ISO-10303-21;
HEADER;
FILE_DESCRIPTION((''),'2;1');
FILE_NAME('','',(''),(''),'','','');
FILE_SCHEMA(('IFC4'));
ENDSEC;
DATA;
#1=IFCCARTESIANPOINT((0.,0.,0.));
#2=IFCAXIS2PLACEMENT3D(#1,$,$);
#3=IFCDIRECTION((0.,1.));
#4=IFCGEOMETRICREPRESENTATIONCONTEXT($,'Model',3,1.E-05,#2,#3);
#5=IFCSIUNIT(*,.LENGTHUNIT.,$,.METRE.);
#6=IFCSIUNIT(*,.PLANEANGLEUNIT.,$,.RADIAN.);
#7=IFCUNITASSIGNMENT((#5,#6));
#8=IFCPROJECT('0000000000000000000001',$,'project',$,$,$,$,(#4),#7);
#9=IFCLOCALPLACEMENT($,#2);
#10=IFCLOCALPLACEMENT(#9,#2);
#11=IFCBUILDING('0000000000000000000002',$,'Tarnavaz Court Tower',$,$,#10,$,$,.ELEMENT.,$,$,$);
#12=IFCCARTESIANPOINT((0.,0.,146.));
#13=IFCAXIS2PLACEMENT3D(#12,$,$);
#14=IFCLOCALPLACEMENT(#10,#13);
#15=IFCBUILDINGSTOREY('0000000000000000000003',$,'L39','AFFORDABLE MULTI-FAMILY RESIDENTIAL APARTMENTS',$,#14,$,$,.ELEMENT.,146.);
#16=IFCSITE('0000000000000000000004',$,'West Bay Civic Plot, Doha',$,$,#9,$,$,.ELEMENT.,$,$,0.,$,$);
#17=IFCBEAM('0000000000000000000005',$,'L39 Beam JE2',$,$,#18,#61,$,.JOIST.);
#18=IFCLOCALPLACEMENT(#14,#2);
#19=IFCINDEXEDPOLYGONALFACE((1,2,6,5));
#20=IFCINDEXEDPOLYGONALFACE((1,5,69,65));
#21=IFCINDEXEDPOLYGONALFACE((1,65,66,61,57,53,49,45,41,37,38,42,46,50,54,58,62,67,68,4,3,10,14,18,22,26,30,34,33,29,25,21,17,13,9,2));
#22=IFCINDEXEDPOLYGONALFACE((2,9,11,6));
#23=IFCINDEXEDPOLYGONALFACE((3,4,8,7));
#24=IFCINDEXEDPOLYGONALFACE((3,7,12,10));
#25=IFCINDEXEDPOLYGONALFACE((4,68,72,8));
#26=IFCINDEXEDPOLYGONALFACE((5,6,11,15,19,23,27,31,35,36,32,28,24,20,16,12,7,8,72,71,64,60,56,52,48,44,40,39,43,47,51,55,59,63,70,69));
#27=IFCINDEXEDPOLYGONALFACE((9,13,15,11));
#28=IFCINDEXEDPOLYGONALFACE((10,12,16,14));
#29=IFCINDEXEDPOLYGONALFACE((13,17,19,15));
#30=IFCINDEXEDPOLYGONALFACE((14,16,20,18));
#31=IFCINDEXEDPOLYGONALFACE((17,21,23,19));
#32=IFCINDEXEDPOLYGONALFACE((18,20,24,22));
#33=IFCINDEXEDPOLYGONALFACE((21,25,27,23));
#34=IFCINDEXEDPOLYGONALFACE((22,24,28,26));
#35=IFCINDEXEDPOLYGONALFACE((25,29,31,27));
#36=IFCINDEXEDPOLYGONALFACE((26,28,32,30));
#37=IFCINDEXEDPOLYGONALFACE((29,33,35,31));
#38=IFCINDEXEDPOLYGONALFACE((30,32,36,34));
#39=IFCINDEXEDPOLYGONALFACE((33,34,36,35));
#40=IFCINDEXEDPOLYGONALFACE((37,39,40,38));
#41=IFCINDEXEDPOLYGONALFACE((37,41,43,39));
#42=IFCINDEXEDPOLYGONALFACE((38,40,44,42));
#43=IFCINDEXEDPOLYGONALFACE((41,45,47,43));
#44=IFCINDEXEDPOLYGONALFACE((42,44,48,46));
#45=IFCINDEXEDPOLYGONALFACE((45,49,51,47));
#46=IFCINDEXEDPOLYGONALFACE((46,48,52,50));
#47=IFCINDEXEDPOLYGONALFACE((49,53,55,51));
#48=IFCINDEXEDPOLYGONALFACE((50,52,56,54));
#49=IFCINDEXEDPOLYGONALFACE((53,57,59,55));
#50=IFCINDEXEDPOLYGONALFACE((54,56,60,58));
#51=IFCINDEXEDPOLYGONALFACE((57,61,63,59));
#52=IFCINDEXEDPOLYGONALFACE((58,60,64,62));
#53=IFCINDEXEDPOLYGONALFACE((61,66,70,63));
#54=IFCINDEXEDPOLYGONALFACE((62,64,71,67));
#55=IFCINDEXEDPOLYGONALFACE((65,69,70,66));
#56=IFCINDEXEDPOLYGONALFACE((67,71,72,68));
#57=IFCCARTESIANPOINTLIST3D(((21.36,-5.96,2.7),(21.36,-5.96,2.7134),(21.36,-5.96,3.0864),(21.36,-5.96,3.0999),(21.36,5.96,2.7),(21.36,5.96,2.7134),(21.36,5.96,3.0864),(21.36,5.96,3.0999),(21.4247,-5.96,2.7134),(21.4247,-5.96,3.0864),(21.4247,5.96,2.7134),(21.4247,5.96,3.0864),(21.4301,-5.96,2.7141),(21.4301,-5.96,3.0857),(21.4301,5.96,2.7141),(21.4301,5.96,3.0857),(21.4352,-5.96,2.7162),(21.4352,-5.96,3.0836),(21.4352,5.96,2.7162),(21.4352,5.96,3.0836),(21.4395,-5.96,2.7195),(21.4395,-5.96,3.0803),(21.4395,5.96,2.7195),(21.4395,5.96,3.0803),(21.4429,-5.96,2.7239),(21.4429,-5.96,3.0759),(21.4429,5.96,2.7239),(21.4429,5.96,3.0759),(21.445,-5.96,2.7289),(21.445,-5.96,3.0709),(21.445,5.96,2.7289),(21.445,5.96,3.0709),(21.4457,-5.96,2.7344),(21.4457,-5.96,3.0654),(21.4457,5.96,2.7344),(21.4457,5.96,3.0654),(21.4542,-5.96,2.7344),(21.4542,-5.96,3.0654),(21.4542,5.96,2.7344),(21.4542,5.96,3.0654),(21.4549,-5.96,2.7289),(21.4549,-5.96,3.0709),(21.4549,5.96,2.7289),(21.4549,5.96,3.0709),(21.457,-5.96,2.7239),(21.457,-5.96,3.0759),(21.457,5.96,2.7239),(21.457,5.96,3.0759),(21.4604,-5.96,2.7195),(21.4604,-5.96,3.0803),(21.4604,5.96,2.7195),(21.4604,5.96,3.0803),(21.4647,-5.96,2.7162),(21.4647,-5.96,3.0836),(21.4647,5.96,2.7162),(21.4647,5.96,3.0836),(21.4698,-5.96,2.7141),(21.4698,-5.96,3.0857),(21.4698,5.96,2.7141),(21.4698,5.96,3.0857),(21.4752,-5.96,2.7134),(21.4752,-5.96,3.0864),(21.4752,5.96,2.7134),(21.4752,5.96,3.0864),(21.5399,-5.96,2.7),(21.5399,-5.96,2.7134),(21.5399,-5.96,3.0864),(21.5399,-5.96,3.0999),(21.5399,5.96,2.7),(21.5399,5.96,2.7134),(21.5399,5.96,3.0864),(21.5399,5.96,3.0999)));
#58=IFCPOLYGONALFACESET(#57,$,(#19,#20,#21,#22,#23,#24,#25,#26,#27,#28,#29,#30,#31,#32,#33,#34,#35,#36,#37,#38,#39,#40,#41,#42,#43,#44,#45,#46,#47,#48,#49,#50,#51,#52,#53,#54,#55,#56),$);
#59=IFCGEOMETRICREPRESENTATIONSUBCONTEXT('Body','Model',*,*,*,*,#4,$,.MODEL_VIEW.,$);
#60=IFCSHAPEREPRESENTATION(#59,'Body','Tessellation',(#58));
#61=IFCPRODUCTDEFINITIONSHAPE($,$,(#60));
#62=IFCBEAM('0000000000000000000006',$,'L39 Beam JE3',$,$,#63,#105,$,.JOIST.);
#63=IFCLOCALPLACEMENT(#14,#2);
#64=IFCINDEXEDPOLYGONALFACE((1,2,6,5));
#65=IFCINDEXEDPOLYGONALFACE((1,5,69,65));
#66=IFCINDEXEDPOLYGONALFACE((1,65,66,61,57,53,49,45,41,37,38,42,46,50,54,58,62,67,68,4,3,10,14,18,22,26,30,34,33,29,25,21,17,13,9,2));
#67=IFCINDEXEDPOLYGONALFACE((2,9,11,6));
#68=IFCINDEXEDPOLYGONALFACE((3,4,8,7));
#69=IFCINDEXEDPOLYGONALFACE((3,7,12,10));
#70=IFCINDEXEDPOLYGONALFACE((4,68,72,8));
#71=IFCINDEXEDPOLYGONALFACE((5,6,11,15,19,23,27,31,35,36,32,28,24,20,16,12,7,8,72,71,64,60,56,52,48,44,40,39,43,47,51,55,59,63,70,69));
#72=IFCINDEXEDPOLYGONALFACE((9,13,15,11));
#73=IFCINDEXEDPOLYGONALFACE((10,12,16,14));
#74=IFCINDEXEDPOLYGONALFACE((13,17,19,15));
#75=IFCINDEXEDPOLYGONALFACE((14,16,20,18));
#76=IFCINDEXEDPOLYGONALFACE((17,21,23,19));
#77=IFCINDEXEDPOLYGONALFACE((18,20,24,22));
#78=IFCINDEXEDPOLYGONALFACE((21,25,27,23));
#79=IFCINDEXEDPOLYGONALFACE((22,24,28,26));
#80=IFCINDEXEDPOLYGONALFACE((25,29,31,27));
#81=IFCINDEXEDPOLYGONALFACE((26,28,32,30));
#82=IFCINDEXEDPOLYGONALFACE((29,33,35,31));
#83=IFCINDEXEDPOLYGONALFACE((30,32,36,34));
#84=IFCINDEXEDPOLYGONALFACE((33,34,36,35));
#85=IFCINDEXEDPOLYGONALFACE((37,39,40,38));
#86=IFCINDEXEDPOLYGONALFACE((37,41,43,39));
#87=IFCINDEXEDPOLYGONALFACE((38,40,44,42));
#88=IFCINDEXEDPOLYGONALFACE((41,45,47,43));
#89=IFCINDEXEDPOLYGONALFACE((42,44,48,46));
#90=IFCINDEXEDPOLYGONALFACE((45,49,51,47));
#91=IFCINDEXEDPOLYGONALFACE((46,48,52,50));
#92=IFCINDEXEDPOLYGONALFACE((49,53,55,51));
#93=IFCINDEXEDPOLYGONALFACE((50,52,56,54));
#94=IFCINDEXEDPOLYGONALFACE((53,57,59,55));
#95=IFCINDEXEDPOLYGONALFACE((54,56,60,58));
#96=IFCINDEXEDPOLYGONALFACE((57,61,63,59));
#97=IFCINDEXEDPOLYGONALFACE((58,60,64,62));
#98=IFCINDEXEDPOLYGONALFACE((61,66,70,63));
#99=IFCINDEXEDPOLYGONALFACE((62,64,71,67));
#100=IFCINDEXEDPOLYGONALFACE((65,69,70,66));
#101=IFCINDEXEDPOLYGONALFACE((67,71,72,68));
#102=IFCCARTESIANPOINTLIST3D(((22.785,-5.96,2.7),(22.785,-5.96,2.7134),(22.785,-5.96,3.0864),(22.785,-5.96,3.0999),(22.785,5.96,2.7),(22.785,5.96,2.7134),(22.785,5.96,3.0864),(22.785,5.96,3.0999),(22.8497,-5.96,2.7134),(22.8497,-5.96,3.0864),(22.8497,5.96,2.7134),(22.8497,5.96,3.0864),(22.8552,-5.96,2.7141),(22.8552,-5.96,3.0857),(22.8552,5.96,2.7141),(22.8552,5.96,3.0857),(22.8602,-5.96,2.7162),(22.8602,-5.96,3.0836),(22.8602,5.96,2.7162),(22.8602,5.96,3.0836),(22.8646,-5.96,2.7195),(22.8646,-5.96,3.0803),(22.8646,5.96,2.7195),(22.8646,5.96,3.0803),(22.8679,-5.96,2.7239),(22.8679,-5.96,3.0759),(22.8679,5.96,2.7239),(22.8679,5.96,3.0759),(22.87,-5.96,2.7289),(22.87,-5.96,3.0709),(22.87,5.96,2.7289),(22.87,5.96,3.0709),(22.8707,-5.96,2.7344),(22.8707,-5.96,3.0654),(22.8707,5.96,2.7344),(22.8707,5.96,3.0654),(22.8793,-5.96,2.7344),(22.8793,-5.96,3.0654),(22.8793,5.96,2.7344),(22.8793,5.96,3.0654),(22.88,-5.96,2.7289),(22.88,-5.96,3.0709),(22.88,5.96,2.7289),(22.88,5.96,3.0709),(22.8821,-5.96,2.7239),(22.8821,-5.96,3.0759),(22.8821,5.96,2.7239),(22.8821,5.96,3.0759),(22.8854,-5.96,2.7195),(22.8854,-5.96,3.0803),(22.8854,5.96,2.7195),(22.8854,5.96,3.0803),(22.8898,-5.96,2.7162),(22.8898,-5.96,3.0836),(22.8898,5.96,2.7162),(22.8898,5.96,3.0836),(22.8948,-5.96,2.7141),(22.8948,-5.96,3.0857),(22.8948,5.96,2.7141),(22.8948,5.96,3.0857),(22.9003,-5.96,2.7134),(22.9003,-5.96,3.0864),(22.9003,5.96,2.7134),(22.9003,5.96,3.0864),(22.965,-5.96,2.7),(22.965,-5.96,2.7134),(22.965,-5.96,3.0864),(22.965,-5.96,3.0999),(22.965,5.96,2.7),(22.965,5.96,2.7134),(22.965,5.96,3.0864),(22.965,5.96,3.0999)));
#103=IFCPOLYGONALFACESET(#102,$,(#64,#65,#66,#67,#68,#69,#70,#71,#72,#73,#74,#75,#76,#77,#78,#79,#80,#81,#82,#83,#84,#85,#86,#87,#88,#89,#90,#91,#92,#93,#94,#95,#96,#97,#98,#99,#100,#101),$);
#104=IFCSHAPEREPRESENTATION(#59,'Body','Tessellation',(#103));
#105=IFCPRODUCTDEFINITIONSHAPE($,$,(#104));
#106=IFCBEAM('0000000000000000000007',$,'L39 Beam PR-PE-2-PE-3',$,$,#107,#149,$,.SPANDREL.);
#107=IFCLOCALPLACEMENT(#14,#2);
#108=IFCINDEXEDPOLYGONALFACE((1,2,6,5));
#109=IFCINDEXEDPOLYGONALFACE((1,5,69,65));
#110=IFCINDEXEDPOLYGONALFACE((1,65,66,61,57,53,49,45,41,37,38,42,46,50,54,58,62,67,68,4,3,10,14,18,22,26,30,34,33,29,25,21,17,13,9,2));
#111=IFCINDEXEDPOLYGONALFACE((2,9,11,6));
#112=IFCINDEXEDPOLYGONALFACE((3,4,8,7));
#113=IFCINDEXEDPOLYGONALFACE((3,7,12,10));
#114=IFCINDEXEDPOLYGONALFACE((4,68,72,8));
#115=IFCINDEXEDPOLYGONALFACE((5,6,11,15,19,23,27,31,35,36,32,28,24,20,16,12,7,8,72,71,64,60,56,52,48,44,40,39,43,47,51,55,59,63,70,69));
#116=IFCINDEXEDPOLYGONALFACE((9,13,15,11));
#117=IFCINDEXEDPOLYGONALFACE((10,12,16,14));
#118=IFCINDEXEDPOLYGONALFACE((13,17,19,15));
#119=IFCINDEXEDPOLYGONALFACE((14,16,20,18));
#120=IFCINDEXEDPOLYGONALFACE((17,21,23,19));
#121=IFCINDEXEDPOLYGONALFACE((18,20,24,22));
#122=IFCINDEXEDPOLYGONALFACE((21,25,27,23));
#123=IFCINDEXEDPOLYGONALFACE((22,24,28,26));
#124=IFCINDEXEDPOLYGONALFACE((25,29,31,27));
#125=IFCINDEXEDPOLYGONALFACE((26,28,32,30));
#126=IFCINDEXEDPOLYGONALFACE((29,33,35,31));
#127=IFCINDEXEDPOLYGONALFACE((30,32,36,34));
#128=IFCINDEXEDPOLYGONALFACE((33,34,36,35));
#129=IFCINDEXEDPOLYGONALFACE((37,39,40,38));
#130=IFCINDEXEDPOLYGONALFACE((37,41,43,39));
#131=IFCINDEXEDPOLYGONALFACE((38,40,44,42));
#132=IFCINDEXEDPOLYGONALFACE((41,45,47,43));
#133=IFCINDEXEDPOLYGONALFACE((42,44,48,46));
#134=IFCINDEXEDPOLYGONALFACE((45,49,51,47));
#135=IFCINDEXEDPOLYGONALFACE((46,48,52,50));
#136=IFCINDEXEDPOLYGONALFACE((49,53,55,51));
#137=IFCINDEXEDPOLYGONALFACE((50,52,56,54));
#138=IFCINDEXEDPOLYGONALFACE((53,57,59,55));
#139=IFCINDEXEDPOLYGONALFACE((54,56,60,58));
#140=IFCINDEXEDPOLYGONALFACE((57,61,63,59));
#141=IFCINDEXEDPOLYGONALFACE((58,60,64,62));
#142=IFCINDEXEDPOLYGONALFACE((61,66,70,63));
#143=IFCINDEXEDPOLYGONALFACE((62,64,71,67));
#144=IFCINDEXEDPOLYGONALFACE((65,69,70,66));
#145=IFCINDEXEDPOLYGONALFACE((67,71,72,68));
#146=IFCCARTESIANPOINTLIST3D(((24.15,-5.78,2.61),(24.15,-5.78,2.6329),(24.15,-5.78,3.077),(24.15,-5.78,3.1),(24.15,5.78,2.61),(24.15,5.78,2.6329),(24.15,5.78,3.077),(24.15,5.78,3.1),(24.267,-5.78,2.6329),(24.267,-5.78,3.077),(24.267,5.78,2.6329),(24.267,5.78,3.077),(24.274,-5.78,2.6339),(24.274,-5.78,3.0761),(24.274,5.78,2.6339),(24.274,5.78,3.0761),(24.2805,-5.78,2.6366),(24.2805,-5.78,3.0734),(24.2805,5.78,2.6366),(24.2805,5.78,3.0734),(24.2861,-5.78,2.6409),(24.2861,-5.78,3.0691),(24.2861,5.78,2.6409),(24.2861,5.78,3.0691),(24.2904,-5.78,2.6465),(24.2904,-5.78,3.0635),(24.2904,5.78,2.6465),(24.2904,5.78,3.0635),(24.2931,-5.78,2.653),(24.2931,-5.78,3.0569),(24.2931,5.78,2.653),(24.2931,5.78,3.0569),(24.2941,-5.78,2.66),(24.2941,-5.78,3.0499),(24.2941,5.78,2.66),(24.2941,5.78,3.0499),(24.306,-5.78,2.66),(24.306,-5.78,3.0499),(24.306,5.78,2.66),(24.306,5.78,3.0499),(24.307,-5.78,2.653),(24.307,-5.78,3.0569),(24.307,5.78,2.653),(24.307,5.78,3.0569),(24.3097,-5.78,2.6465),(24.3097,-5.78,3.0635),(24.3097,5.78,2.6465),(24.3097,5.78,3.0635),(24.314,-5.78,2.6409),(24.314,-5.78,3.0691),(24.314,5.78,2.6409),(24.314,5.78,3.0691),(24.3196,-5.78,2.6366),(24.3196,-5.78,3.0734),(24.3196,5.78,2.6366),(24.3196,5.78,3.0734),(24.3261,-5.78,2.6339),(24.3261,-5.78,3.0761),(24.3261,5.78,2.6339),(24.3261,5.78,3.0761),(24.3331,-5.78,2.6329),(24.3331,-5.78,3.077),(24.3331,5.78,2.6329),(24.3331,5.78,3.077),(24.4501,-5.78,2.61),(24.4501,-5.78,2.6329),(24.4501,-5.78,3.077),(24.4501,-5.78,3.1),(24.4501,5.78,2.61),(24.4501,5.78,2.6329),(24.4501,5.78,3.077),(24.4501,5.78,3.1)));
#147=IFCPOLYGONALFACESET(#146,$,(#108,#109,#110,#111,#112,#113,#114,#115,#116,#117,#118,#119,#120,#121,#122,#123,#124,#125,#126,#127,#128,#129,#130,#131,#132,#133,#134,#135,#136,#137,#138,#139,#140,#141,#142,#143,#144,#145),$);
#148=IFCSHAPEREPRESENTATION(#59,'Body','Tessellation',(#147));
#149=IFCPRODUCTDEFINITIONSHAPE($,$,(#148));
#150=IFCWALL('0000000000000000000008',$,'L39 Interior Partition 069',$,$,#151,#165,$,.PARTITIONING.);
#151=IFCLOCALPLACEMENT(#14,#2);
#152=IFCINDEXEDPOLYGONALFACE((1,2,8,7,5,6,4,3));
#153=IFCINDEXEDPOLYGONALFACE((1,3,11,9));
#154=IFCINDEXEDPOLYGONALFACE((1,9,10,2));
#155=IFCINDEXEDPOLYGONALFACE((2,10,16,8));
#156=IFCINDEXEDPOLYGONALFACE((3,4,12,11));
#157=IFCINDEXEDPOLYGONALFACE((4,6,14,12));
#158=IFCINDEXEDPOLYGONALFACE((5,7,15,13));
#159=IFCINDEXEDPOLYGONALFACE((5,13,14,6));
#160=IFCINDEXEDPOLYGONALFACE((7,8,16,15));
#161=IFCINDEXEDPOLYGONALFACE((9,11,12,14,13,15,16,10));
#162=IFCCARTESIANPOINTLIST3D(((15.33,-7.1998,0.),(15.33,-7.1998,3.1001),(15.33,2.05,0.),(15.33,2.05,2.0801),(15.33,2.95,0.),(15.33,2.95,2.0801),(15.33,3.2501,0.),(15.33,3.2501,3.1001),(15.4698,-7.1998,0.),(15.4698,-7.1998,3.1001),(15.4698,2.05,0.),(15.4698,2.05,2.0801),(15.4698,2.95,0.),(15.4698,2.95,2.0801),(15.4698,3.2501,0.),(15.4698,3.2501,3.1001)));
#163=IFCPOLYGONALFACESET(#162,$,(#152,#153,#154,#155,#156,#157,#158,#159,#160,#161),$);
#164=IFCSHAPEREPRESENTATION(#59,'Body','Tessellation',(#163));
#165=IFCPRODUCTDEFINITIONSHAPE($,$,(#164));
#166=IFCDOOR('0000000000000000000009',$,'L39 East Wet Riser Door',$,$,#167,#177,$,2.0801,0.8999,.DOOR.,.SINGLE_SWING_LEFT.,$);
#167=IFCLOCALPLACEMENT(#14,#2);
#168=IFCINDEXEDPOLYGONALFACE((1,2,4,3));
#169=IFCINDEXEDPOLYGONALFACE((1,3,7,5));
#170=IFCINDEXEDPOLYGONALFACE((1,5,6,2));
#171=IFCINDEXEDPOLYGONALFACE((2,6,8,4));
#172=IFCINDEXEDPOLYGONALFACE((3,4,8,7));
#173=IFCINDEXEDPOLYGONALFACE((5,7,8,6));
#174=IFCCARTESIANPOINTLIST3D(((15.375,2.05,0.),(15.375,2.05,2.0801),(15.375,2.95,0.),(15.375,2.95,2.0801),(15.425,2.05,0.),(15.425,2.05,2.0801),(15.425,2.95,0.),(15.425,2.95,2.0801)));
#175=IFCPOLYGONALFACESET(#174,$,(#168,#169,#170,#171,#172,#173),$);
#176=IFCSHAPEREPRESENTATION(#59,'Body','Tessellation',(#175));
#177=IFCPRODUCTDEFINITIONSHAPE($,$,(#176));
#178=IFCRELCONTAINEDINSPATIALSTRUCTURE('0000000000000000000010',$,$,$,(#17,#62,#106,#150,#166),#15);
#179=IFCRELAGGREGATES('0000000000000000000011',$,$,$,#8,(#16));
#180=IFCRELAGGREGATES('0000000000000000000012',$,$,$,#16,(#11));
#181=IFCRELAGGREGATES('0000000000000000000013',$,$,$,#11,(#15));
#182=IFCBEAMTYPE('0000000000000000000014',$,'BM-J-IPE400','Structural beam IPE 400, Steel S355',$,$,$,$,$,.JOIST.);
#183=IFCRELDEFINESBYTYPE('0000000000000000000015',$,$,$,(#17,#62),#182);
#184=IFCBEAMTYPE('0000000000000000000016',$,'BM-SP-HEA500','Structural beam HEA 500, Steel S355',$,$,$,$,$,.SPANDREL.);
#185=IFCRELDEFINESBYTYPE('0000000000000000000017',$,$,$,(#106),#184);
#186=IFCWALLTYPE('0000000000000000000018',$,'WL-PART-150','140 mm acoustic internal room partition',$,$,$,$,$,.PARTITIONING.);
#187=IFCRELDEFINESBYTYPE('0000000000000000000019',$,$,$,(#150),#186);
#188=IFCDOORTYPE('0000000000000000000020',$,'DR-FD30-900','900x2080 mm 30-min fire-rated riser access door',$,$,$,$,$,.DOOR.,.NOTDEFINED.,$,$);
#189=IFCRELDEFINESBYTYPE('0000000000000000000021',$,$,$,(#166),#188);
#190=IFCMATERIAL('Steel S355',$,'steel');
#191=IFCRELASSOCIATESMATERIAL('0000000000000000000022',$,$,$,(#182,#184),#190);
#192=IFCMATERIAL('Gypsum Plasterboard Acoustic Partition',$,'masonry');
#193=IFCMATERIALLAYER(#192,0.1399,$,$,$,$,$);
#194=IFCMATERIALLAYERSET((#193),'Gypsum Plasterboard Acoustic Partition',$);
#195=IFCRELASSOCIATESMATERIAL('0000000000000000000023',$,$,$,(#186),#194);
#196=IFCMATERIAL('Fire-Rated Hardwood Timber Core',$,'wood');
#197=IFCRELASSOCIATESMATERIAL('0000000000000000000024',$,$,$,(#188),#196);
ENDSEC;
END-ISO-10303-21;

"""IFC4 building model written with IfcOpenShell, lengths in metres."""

from ifc_helpers import new_model, si_unit, direction, frame, frame_2d, origin, origin_2d, place, context, subcontext, project, spatial, rectangle, i_section, extrude, material, layer, layer_set, material_profile, profile_set, type_object, element, fill, save


model = new_model("IFC4")

# Units and contexts
model_context = context("Model", 3, precision=1e-05, world=origin(), true_north=direction((0.0, 1.0)))
body_context = subcontext(model_context, "Body", "Model", "MODEL_VIEW")
ifc_project = project(units=[si_unit("LENGTHUNIT", "METRE"), si_unit("PLANEANGLEUNIT", "RADIAN")], contexts=[model_context])

# Site, building, storey
site_placement = place(None, origin())
site = spatial("IfcSite", under=ifc_project, at=site_placement, Name="West Bay Civic Plot, Doha", CompositionType="ELEMENT", RefElevation=0.0)
building_placement = place(site_placement, origin())
building = spatial("IfcBuilding", under=site, at=building_placement, Name="Tarnavaz Court Tower", CompositionType="ELEMENT")
storey_placement = place(building_placement, frame((0.0, 0.0, 146.0)))
storey = spatial("IfcBuildingStorey", under=building, at=storey_placement, Name="L39", Description="AFFORDABLE MULTI-FAMILY RESIDENTIAL APARTMENTS", CompositionType="ELEMENT", Elevation=146.0)

# Beams
ifc_material_1 = material(Name="Steel S355", Category="steel")
ifc_material_profile_1 = material_profile(ifc_material_1, i_section(OverallWidth=0.1799, OverallDepth=0.3999, WebThickness=0.0085, FlangeThickness=0.0134, FilletRadius=0.021, at=origin_2d()), Name="IPE 400")
ifc_profile_set_1 = profile_set([ifc_material_profile_1], Name="Steel S355")
beam_type_1 = type_object("IfcBeamType", Name="BM-J-IPE400", Description="Structural beam IPE 400, Steel S355", PredefinedType="JOIST", material=ifc_profile_set_1)
for number, where, z_axis, x_axis, name in (
    (1, (21.45, -5.96, 2.8999), (0.0, 1.0, 0.0), (-1.0, 0.0, 0.0), "L39 Beam JE2"),
    (2, (22.875, -5.96, 2.8999), (0.0, 1.0, 0.0), (-1.0, 0.0, 0.0), "L39 Beam JE3"),
):
    element("IfcBeam", number, at=place(storey_placement, frame(where, z_axis=z_axis, x_axis=x_axis)), inside=storey, type_object=beam_type_1, Name=name, PredefinedType="JOIST", context=body_context, shape_type="SweptSolid", body=[
        extrude(i_section(OverallWidth=0.1799, OverallDepth=0.3999, WebThickness=0.0085, FlangeThickness=0.0134, FilletRadius=0.021, at=origin_2d()), origin(), (0.0, 0.0, 1.0), 11.9199),
    ])
ifc_material_profile_2 = material_profile(ifc_material_1, i_section(OverallWidth=0.3, OverallDepth=0.49, WebThickness=0.012, FlangeThickness=0.0229, FilletRadius=0.0271, at=origin_2d()), Name="HEA 500")
ifc_profile_set_2 = profile_set([ifc_material_profile_2], Name="Steel S355")
beam_type_2 = type_object("IfcBeamType", Name="BM-SP-HEA500", Description="Structural beam HEA 500, Steel S355", PredefinedType="SPANDREL", material=ifc_profile_set_2)
beam_1_placement = place(storey_placement, frame((24.3, -5.78, 2.855), z_axis=(0.0, 1.0, 0.0), x_axis=(-1.0, 0.0, 0.0)))
element("IfcBeam", 3, at=beam_1_placement, inside=storey, type_object=beam_type_2, Name="L39 Beam PR-PE-2-PE-3", PredefinedType="SPANDREL", context=body_context, shape_type="SweptSolid", body=[
    extrude(i_section(OverallWidth=0.3, OverallDepth=0.49, WebThickness=0.012, FlangeThickness=0.0229, FilletRadius=0.0271, at=origin_2d()), origin(), (0.0, 0.0, 1.0), 11.5601),
])

# Wall, opening, door
ifc_material_2 = material(Name="Gypsum Plasterboard Acoustic Partition", Category="masonry")
ifc_layer_1 = layer(ifc_material_2, 0.1399)
ifc_layer_set_1 = layer_set([ifc_layer_1], Name="Gypsum Plasterboard Acoustic Partition")
wall_type_1 = type_object("IfcWallType", Name="WL-PART-150", Description="140 mm acoustic internal room partition", PredefinedType="PARTITIONING", material=ifc_layer_set_1)
wall_1_placement = place(storey_placement, frame((15.3999, -7.2, 0.0), z_axis=(0.0, 0.0, 1.0), x_axis=(0.0, 1.0, 0.0)))
wall_1 = element("IfcWall", 4, at=wall_1_placement, inside=storey, type_object=wall_type_1, Name="L39 Interior Partition 069", PredefinedType="PARTITIONING", context=body_context, shape_type="SweptSolid", body=[
    extrude(rectangle(XDim=10.45, YDim=0.1399, at=frame_2d((5.2251, 0.0))), origin(), (0.0, 0.0, 1.0), 3.1001),
])
opening_1_placement = place(wall_1_placement, frame((9.25, 0.0, 0.0)))
opening_1 = element("IfcOpeningElement", 5, at=opening_1_placement, cuts=wall_1, PredefinedType="OPENING", context=body_context, shape_type="SweptSolid", body=[
    extrude(rectangle(XDim=0.8999, YDim=2.0801, at=frame_2d((0.45, 1.04))), frame((0.0, 0.0798, 0.0), z_axis=(0.0, -1.0, 0.0), x_axis=(1.0, 0.0, 0.0)), (0.0, 0.0, 1.0), 0.1599),
])
ifc_material_3 = material(Name="Fire-Rated Hardwood Timber Core", Category="wood")
door_type = type_object("IfcDoorType", Name="DR-FD30-900", Description="900x2080 mm 30-min fire-rated riser access door", OperationType="NOTDEFINED", PredefinedType="DOOR", material=ifc_material_3)
door_1_placement = place(opening_1_placement, origin())
door_1 = element("IfcDoor", 6, at=door_1_placement, inside=storey, type_object=door_type, Name="L39 East Wet Riser Door", OperationType="SINGLE_SWING_LEFT", OverallHeight=2.0801, OverallWidth=0.8999, PredefinedType="DOOR", context=body_context, shape_type="SweptSolid", body=[
    extrude(rectangle(XDim=0.8999, YDim=2.0801, at=frame_2d((0.45, 1.04))), frame((0.0, 0.0249, 0.0), z_axis=(0.0, -1.0, 0.0), x_axis=(1.0, 0.0, 0.0)), (0.0, 0.0, 1.0), 0.05),
])
fill(opening_1, door_1)

save(model, "model.ifc")
